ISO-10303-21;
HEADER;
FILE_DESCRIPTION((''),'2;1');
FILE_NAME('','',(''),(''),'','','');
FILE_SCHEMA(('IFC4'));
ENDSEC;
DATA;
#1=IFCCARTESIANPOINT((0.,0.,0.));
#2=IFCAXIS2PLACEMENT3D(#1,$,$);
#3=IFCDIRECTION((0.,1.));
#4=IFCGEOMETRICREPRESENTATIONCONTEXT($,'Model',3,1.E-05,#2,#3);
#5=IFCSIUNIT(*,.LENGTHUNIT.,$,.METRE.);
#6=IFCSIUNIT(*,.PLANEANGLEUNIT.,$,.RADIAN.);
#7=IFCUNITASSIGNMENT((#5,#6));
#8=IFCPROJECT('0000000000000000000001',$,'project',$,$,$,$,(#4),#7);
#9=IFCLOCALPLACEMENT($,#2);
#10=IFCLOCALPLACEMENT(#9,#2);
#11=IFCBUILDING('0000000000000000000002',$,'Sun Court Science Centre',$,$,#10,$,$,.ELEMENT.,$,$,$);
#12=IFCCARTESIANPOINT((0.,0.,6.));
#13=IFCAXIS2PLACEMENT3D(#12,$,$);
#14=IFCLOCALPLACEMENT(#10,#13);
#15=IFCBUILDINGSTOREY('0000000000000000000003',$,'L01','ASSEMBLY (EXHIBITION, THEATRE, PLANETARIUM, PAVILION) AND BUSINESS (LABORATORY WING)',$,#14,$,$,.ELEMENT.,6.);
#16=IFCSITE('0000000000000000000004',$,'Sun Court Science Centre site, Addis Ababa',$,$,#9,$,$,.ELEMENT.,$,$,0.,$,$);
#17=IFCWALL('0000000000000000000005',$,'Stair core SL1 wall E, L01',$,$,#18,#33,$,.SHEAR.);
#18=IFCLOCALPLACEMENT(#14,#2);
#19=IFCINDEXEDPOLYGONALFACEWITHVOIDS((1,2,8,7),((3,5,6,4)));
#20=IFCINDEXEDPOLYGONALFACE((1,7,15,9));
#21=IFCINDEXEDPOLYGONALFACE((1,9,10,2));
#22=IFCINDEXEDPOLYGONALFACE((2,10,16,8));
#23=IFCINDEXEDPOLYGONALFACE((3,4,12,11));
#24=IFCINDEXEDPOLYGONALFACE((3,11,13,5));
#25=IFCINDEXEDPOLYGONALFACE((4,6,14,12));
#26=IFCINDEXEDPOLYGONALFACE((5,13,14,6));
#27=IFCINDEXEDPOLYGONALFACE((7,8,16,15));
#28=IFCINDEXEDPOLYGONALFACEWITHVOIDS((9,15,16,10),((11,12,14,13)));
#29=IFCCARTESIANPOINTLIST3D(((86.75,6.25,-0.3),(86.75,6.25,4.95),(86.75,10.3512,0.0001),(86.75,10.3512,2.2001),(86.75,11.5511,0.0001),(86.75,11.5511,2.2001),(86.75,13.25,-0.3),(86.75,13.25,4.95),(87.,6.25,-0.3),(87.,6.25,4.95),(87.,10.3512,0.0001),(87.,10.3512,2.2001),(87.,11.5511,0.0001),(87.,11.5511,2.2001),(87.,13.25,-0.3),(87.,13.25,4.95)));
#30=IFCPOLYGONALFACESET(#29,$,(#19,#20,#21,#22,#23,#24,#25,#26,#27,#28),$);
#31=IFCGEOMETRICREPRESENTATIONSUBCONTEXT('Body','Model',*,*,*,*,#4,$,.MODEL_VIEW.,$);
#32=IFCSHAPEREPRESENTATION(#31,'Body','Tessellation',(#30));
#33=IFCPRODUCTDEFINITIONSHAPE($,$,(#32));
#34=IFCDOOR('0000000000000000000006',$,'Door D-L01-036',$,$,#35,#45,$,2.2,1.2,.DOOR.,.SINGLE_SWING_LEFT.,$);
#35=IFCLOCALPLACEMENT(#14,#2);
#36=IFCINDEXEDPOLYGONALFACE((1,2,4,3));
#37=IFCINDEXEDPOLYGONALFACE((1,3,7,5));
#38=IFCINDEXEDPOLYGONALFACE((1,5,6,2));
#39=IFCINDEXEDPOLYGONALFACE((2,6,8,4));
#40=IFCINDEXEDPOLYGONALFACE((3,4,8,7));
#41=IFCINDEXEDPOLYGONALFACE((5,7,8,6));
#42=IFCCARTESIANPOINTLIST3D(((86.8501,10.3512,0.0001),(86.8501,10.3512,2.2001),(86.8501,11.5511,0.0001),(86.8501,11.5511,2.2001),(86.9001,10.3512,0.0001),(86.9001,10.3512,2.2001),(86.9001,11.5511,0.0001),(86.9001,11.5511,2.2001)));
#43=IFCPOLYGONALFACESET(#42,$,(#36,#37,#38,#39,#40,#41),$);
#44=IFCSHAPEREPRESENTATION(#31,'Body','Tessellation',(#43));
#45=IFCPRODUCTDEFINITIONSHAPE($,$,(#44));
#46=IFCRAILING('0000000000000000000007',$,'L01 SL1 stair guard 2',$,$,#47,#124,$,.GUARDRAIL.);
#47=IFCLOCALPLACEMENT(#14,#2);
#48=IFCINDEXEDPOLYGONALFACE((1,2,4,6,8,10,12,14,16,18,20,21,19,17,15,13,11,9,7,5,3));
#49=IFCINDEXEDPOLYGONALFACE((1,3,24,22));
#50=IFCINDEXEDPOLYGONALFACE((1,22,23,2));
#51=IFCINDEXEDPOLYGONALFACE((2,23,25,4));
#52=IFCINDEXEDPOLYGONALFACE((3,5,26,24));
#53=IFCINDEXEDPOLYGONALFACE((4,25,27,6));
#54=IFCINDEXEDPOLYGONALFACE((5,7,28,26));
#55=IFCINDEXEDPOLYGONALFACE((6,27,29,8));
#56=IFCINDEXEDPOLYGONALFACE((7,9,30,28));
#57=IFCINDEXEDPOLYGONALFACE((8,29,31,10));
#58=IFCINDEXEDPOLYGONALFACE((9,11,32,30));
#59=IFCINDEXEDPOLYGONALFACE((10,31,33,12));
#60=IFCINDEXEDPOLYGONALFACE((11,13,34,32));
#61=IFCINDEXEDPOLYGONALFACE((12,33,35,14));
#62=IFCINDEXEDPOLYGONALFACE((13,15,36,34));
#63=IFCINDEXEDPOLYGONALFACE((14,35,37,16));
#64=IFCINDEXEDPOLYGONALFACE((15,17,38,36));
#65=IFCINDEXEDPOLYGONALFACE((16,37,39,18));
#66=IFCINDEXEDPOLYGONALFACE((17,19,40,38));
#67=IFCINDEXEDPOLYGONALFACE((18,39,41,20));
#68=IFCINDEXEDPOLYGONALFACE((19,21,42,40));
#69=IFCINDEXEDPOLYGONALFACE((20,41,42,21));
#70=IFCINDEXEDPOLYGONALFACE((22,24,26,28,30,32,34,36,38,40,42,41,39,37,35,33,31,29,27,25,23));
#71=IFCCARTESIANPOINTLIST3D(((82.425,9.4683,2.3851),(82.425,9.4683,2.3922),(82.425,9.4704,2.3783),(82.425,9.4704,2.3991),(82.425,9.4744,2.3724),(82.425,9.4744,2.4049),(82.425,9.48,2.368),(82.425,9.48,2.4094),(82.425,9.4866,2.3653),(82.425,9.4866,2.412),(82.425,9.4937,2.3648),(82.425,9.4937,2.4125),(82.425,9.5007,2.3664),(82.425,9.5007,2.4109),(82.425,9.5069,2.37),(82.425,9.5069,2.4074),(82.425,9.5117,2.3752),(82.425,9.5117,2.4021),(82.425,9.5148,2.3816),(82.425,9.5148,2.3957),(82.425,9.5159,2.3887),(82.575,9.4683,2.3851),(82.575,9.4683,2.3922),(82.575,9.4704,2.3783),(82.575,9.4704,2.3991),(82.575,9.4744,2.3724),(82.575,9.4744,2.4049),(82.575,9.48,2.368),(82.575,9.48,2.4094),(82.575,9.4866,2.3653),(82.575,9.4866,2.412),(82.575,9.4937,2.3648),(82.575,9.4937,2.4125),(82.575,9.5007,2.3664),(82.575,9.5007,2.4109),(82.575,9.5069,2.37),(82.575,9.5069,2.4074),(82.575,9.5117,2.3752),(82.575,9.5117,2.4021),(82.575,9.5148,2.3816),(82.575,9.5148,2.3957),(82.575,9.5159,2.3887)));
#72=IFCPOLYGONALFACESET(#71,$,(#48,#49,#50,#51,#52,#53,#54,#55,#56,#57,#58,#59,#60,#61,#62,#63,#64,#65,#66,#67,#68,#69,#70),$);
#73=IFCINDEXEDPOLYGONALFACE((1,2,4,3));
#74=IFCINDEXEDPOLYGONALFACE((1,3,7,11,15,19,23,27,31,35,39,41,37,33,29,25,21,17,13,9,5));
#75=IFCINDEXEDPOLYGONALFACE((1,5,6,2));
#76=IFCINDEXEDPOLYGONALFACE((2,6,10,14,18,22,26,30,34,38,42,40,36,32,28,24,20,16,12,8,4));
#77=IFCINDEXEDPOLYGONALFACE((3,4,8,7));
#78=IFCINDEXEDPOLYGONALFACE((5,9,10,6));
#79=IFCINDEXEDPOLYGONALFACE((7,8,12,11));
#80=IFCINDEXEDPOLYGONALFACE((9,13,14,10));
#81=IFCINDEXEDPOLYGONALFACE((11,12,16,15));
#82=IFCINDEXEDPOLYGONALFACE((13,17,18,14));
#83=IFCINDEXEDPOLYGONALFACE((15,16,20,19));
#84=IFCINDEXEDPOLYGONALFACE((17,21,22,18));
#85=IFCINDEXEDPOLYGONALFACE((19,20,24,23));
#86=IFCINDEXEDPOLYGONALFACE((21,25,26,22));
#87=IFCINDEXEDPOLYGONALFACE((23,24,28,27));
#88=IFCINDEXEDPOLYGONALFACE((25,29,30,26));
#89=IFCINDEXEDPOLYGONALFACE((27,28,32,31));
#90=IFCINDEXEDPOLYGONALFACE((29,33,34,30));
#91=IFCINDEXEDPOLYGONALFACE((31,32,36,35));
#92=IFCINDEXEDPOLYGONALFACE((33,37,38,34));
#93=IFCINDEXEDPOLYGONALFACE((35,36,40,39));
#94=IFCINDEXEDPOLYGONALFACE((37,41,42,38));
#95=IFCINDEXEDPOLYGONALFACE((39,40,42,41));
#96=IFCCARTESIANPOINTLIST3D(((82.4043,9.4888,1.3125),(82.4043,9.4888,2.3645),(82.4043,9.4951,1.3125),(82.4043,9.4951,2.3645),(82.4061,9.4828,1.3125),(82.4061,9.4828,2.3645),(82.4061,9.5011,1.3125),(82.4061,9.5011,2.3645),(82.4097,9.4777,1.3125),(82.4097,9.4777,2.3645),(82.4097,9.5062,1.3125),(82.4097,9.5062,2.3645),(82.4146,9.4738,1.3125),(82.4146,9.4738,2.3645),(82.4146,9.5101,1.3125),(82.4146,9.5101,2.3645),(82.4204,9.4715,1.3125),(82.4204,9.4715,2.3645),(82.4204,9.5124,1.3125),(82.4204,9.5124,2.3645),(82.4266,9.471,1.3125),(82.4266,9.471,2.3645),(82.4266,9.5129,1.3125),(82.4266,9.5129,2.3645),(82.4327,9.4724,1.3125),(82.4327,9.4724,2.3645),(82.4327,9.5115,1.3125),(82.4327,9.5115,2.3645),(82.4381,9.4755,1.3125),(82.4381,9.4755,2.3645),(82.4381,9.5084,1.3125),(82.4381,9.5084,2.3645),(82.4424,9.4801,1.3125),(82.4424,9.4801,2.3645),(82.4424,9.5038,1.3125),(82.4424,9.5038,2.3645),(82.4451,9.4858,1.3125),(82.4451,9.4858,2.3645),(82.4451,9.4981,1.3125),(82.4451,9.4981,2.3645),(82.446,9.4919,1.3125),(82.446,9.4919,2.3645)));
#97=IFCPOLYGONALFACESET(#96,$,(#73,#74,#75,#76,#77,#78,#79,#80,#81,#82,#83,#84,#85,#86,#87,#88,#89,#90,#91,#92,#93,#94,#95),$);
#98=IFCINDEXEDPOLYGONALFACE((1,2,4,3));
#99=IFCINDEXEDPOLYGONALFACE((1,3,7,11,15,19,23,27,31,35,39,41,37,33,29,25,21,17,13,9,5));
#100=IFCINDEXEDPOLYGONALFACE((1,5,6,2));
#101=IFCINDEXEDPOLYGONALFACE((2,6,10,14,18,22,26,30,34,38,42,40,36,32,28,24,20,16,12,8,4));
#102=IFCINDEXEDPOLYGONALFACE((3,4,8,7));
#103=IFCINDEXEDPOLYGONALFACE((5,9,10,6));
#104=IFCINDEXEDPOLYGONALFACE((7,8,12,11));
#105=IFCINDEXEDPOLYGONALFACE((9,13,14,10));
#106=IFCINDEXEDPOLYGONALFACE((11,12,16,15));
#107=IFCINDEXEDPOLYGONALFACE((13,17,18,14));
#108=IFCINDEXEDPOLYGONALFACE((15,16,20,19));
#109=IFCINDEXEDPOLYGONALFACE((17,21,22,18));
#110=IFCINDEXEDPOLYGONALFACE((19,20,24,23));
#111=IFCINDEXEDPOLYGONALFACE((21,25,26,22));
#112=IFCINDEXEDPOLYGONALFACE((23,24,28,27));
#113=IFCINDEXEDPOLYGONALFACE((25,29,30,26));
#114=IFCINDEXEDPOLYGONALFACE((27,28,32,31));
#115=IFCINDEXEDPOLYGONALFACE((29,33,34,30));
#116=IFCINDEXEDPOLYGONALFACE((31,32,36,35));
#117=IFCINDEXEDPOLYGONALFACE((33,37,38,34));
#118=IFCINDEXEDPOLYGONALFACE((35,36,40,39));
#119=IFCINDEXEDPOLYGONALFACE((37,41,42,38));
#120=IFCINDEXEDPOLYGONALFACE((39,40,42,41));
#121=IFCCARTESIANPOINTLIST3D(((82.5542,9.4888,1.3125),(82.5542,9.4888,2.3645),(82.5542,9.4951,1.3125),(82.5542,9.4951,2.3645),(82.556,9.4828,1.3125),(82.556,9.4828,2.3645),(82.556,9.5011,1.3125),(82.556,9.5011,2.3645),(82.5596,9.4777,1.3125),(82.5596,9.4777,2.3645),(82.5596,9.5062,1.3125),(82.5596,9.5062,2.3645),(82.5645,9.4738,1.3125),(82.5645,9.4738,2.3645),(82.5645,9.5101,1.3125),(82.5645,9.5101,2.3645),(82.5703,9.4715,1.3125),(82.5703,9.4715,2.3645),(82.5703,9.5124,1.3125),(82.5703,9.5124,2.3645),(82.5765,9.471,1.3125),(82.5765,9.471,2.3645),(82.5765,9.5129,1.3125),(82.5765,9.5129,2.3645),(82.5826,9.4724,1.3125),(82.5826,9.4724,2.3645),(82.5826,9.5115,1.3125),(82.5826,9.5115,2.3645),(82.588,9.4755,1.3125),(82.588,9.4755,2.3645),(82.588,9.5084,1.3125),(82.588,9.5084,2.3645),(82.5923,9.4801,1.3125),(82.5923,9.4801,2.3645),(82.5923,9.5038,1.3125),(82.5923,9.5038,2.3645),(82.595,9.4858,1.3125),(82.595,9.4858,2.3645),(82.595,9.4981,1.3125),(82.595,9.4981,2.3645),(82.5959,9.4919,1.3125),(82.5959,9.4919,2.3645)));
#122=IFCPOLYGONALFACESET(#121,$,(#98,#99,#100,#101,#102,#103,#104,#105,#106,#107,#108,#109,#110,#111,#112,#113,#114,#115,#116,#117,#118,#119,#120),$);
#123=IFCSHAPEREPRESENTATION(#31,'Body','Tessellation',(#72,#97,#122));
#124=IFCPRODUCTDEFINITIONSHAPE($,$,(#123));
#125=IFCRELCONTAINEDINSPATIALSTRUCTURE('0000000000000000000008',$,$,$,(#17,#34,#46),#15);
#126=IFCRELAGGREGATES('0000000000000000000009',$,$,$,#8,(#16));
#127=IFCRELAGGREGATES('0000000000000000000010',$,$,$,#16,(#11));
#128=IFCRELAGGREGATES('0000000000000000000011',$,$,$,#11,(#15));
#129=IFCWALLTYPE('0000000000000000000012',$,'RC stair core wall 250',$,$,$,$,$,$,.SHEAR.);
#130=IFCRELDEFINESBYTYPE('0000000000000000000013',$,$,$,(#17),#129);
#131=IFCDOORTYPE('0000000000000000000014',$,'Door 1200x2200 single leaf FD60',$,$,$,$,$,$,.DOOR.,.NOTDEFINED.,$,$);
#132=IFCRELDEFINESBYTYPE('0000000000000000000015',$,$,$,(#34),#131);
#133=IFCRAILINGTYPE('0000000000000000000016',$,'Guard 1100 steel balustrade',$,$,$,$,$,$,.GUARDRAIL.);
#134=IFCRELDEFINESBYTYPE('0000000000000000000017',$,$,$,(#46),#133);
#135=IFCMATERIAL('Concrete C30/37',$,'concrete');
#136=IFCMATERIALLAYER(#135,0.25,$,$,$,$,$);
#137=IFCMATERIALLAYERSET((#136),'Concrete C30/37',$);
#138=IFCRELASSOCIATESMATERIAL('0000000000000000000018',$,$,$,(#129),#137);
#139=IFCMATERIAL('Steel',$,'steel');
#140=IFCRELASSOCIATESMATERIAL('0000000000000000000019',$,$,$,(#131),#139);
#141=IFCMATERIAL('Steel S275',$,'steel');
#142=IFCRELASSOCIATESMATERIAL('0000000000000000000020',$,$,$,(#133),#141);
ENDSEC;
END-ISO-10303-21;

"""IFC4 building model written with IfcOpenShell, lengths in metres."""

from ifc_helpers import new_model, si_unit, direction, frame, frame_2d, origin, origin_2d, place, context, subcontext, project, spatial, rectangle, circle, extrude, material, layer, layer_set, type_object, element, fill, save


model = new_model("IFC4")

# Units and contexts
model_context = context("Model", 3, precision=1e-05, world=origin(), true_north=direction((0.0, 1.0)))
body_context = subcontext(model_context, "Body", "Model", "MODEL_VIEW")
ifc_project = project(units=[si_unit("LENGTHUNIT", "METRE"), si_unit("PLANEANGLEUNIT", "RADIAN")], contexts=[model_context])

# Site, building, storey
site_placement = place(None, origin())
site = spatial("IfcSite", under=ifc_project, at=site_placement, Name="Sun Court Science Centre site, Addis Ababa", CompositionType="ELEMENT", RefElevation=0.0)
building_placement = place(site_placement, origin())
building = spatial("IfcBuilding", under=site, at=building_placement, Name="Sun Court Science Centre", CompositionType="ELEMENT")
storey_placement = place(building_placement, frame((0.0, 0.0, 6.0)))
storey = spatial("IfcBuildingStorey", under=building, at=storey_placement, Name="L01", Description="ASSEMBLY (EXHIBITION, THEATRE, PLANETARIUM, PAVILION) AND BUSINESS (LABORATORY WING)", CompositionType="ELEMENT", Elevation=6.0)

# Wall, opening, door
ifc_material_1 = material(Name="Concrete C30/37", Category="concrete")
ifc_layer_1 = layer(ifc_material_1, 0.25)
ifc_layer_set_1 = layer_set([ifc_layer_1], Name="Concrete C30/37")
wall_type_1 = type_object("IfcWallType", Name="RC stair core wall 250", PredefinedType="SHEAR", material=ifc_layer_set_1)
wall_placement = place(storey_placement, frame((86.875, 6.25, -0.3), z_axis=(0.0, 0.0, 1.0), x_axis=(0.0, 1.0, 0.0)))
wall = element("IfcWall", 1, at=wall_placement, inside=storey, type_object=wall_type_1, Name="Stair core SL1 wall E, L01", PredefinedType="SHEAR", context=body_context, shape_type="SweptSolid", body=[
    extrude(rectangle(XDim=7.0, YDim=0.25, at=frame_2d((3.5, 0.0))), origin(), (0.0, 0.0, 1.0), 5.25),
])
opening_placement = place(wall_placement, frame((4.1011, 0.0, 0.3)))
opening = element("IfcOpeningElement", 2, at=opening_placement, cuts=wall, PredefinedType="OPENING", context=body_context, shape_type="SweptSolid", body=[
    extrude(rectangle(XDim=1.2, YDim=2.2, at=frame_2d((0.6001, 1.1001))), frame((0.0, 0.135, 0.0), z_axis=(0.0, -1.0, 0.0), x_axis=(1.0, 0.0, 0.0)), (0.0, 0.0, 1.0), 0.27),
])
ifc_material_2 = material(Name="Steel", Category="steel")
door_type = type_object("IfcDoorType", Name="Door 1200x2200 single leaf FD60", OperationType="NOTDEFINED", PredefinedType="DOOR", material=ifc_material_2)
door_placement = place(opening_placement, origin())
door = element("IfcDoor", 3, at=door_placement, inside=storey, type_object=door_type, Name="Door D-L01-036", OperationType="SINGLE_SWING_LEFT", OverallHeight=2.2, OverallWidth=1.2, PredefinedType="DOOR", context=body_context, shape_type="SweptSolid", body=[
    extrude(rectangle(XDim=1.2, YDim=2.2, at=frame_2d((0.6001, 1.1001))), frame((0.0, 0.0249, 0.0), z_axis=(0.0, -1.0, 0.0), x_axis=(1.0, 0.0, 0.0)), (0.0, 0.0, 1.0), 0.05),
])
fill(opening, door)

# Railing
ifc_material_3 = material(Name="Steel S275", Category="steel")
railing_type = type_object("IfcRailingType", Name="Guard 1100 steel balustrade", PredefinedType="GUARDRAIL", material=ifc_material_3)
railing_1_placement = place(storey_placement, frame((82.425, 9.4919, 1.3125)))
element("IfcRailing", 4, at=railing_1_placement, inside=storey, type_object=railing_type, Name="L01 SL1 stair guard 2", PredefinedType="GUARDRAIL", context=body_context, shape_type="SweptSolid", body=[
    extrude(circle(Radius=0.0239, at=origin_2d()), frame((0.0, 0.0, 1.0762), z_axis=(1.0, 0.0, 0.0), x_axis=(0.0, 1.0, 0.0)), (0.0, 0.0, 1.0), 0.1499),
    extrude(circle(Radius=0.021, at=origin_2d()), origin(), (0.0, 0.0, 1.0), 1.052),
    extrude(circle(Radius=0.021, at=origin_2d()), frame((0.1499, 0.0, 0.0)), (0.0, 0.0, 1.0), 1.052),
])

save(model, "model.ifc")
